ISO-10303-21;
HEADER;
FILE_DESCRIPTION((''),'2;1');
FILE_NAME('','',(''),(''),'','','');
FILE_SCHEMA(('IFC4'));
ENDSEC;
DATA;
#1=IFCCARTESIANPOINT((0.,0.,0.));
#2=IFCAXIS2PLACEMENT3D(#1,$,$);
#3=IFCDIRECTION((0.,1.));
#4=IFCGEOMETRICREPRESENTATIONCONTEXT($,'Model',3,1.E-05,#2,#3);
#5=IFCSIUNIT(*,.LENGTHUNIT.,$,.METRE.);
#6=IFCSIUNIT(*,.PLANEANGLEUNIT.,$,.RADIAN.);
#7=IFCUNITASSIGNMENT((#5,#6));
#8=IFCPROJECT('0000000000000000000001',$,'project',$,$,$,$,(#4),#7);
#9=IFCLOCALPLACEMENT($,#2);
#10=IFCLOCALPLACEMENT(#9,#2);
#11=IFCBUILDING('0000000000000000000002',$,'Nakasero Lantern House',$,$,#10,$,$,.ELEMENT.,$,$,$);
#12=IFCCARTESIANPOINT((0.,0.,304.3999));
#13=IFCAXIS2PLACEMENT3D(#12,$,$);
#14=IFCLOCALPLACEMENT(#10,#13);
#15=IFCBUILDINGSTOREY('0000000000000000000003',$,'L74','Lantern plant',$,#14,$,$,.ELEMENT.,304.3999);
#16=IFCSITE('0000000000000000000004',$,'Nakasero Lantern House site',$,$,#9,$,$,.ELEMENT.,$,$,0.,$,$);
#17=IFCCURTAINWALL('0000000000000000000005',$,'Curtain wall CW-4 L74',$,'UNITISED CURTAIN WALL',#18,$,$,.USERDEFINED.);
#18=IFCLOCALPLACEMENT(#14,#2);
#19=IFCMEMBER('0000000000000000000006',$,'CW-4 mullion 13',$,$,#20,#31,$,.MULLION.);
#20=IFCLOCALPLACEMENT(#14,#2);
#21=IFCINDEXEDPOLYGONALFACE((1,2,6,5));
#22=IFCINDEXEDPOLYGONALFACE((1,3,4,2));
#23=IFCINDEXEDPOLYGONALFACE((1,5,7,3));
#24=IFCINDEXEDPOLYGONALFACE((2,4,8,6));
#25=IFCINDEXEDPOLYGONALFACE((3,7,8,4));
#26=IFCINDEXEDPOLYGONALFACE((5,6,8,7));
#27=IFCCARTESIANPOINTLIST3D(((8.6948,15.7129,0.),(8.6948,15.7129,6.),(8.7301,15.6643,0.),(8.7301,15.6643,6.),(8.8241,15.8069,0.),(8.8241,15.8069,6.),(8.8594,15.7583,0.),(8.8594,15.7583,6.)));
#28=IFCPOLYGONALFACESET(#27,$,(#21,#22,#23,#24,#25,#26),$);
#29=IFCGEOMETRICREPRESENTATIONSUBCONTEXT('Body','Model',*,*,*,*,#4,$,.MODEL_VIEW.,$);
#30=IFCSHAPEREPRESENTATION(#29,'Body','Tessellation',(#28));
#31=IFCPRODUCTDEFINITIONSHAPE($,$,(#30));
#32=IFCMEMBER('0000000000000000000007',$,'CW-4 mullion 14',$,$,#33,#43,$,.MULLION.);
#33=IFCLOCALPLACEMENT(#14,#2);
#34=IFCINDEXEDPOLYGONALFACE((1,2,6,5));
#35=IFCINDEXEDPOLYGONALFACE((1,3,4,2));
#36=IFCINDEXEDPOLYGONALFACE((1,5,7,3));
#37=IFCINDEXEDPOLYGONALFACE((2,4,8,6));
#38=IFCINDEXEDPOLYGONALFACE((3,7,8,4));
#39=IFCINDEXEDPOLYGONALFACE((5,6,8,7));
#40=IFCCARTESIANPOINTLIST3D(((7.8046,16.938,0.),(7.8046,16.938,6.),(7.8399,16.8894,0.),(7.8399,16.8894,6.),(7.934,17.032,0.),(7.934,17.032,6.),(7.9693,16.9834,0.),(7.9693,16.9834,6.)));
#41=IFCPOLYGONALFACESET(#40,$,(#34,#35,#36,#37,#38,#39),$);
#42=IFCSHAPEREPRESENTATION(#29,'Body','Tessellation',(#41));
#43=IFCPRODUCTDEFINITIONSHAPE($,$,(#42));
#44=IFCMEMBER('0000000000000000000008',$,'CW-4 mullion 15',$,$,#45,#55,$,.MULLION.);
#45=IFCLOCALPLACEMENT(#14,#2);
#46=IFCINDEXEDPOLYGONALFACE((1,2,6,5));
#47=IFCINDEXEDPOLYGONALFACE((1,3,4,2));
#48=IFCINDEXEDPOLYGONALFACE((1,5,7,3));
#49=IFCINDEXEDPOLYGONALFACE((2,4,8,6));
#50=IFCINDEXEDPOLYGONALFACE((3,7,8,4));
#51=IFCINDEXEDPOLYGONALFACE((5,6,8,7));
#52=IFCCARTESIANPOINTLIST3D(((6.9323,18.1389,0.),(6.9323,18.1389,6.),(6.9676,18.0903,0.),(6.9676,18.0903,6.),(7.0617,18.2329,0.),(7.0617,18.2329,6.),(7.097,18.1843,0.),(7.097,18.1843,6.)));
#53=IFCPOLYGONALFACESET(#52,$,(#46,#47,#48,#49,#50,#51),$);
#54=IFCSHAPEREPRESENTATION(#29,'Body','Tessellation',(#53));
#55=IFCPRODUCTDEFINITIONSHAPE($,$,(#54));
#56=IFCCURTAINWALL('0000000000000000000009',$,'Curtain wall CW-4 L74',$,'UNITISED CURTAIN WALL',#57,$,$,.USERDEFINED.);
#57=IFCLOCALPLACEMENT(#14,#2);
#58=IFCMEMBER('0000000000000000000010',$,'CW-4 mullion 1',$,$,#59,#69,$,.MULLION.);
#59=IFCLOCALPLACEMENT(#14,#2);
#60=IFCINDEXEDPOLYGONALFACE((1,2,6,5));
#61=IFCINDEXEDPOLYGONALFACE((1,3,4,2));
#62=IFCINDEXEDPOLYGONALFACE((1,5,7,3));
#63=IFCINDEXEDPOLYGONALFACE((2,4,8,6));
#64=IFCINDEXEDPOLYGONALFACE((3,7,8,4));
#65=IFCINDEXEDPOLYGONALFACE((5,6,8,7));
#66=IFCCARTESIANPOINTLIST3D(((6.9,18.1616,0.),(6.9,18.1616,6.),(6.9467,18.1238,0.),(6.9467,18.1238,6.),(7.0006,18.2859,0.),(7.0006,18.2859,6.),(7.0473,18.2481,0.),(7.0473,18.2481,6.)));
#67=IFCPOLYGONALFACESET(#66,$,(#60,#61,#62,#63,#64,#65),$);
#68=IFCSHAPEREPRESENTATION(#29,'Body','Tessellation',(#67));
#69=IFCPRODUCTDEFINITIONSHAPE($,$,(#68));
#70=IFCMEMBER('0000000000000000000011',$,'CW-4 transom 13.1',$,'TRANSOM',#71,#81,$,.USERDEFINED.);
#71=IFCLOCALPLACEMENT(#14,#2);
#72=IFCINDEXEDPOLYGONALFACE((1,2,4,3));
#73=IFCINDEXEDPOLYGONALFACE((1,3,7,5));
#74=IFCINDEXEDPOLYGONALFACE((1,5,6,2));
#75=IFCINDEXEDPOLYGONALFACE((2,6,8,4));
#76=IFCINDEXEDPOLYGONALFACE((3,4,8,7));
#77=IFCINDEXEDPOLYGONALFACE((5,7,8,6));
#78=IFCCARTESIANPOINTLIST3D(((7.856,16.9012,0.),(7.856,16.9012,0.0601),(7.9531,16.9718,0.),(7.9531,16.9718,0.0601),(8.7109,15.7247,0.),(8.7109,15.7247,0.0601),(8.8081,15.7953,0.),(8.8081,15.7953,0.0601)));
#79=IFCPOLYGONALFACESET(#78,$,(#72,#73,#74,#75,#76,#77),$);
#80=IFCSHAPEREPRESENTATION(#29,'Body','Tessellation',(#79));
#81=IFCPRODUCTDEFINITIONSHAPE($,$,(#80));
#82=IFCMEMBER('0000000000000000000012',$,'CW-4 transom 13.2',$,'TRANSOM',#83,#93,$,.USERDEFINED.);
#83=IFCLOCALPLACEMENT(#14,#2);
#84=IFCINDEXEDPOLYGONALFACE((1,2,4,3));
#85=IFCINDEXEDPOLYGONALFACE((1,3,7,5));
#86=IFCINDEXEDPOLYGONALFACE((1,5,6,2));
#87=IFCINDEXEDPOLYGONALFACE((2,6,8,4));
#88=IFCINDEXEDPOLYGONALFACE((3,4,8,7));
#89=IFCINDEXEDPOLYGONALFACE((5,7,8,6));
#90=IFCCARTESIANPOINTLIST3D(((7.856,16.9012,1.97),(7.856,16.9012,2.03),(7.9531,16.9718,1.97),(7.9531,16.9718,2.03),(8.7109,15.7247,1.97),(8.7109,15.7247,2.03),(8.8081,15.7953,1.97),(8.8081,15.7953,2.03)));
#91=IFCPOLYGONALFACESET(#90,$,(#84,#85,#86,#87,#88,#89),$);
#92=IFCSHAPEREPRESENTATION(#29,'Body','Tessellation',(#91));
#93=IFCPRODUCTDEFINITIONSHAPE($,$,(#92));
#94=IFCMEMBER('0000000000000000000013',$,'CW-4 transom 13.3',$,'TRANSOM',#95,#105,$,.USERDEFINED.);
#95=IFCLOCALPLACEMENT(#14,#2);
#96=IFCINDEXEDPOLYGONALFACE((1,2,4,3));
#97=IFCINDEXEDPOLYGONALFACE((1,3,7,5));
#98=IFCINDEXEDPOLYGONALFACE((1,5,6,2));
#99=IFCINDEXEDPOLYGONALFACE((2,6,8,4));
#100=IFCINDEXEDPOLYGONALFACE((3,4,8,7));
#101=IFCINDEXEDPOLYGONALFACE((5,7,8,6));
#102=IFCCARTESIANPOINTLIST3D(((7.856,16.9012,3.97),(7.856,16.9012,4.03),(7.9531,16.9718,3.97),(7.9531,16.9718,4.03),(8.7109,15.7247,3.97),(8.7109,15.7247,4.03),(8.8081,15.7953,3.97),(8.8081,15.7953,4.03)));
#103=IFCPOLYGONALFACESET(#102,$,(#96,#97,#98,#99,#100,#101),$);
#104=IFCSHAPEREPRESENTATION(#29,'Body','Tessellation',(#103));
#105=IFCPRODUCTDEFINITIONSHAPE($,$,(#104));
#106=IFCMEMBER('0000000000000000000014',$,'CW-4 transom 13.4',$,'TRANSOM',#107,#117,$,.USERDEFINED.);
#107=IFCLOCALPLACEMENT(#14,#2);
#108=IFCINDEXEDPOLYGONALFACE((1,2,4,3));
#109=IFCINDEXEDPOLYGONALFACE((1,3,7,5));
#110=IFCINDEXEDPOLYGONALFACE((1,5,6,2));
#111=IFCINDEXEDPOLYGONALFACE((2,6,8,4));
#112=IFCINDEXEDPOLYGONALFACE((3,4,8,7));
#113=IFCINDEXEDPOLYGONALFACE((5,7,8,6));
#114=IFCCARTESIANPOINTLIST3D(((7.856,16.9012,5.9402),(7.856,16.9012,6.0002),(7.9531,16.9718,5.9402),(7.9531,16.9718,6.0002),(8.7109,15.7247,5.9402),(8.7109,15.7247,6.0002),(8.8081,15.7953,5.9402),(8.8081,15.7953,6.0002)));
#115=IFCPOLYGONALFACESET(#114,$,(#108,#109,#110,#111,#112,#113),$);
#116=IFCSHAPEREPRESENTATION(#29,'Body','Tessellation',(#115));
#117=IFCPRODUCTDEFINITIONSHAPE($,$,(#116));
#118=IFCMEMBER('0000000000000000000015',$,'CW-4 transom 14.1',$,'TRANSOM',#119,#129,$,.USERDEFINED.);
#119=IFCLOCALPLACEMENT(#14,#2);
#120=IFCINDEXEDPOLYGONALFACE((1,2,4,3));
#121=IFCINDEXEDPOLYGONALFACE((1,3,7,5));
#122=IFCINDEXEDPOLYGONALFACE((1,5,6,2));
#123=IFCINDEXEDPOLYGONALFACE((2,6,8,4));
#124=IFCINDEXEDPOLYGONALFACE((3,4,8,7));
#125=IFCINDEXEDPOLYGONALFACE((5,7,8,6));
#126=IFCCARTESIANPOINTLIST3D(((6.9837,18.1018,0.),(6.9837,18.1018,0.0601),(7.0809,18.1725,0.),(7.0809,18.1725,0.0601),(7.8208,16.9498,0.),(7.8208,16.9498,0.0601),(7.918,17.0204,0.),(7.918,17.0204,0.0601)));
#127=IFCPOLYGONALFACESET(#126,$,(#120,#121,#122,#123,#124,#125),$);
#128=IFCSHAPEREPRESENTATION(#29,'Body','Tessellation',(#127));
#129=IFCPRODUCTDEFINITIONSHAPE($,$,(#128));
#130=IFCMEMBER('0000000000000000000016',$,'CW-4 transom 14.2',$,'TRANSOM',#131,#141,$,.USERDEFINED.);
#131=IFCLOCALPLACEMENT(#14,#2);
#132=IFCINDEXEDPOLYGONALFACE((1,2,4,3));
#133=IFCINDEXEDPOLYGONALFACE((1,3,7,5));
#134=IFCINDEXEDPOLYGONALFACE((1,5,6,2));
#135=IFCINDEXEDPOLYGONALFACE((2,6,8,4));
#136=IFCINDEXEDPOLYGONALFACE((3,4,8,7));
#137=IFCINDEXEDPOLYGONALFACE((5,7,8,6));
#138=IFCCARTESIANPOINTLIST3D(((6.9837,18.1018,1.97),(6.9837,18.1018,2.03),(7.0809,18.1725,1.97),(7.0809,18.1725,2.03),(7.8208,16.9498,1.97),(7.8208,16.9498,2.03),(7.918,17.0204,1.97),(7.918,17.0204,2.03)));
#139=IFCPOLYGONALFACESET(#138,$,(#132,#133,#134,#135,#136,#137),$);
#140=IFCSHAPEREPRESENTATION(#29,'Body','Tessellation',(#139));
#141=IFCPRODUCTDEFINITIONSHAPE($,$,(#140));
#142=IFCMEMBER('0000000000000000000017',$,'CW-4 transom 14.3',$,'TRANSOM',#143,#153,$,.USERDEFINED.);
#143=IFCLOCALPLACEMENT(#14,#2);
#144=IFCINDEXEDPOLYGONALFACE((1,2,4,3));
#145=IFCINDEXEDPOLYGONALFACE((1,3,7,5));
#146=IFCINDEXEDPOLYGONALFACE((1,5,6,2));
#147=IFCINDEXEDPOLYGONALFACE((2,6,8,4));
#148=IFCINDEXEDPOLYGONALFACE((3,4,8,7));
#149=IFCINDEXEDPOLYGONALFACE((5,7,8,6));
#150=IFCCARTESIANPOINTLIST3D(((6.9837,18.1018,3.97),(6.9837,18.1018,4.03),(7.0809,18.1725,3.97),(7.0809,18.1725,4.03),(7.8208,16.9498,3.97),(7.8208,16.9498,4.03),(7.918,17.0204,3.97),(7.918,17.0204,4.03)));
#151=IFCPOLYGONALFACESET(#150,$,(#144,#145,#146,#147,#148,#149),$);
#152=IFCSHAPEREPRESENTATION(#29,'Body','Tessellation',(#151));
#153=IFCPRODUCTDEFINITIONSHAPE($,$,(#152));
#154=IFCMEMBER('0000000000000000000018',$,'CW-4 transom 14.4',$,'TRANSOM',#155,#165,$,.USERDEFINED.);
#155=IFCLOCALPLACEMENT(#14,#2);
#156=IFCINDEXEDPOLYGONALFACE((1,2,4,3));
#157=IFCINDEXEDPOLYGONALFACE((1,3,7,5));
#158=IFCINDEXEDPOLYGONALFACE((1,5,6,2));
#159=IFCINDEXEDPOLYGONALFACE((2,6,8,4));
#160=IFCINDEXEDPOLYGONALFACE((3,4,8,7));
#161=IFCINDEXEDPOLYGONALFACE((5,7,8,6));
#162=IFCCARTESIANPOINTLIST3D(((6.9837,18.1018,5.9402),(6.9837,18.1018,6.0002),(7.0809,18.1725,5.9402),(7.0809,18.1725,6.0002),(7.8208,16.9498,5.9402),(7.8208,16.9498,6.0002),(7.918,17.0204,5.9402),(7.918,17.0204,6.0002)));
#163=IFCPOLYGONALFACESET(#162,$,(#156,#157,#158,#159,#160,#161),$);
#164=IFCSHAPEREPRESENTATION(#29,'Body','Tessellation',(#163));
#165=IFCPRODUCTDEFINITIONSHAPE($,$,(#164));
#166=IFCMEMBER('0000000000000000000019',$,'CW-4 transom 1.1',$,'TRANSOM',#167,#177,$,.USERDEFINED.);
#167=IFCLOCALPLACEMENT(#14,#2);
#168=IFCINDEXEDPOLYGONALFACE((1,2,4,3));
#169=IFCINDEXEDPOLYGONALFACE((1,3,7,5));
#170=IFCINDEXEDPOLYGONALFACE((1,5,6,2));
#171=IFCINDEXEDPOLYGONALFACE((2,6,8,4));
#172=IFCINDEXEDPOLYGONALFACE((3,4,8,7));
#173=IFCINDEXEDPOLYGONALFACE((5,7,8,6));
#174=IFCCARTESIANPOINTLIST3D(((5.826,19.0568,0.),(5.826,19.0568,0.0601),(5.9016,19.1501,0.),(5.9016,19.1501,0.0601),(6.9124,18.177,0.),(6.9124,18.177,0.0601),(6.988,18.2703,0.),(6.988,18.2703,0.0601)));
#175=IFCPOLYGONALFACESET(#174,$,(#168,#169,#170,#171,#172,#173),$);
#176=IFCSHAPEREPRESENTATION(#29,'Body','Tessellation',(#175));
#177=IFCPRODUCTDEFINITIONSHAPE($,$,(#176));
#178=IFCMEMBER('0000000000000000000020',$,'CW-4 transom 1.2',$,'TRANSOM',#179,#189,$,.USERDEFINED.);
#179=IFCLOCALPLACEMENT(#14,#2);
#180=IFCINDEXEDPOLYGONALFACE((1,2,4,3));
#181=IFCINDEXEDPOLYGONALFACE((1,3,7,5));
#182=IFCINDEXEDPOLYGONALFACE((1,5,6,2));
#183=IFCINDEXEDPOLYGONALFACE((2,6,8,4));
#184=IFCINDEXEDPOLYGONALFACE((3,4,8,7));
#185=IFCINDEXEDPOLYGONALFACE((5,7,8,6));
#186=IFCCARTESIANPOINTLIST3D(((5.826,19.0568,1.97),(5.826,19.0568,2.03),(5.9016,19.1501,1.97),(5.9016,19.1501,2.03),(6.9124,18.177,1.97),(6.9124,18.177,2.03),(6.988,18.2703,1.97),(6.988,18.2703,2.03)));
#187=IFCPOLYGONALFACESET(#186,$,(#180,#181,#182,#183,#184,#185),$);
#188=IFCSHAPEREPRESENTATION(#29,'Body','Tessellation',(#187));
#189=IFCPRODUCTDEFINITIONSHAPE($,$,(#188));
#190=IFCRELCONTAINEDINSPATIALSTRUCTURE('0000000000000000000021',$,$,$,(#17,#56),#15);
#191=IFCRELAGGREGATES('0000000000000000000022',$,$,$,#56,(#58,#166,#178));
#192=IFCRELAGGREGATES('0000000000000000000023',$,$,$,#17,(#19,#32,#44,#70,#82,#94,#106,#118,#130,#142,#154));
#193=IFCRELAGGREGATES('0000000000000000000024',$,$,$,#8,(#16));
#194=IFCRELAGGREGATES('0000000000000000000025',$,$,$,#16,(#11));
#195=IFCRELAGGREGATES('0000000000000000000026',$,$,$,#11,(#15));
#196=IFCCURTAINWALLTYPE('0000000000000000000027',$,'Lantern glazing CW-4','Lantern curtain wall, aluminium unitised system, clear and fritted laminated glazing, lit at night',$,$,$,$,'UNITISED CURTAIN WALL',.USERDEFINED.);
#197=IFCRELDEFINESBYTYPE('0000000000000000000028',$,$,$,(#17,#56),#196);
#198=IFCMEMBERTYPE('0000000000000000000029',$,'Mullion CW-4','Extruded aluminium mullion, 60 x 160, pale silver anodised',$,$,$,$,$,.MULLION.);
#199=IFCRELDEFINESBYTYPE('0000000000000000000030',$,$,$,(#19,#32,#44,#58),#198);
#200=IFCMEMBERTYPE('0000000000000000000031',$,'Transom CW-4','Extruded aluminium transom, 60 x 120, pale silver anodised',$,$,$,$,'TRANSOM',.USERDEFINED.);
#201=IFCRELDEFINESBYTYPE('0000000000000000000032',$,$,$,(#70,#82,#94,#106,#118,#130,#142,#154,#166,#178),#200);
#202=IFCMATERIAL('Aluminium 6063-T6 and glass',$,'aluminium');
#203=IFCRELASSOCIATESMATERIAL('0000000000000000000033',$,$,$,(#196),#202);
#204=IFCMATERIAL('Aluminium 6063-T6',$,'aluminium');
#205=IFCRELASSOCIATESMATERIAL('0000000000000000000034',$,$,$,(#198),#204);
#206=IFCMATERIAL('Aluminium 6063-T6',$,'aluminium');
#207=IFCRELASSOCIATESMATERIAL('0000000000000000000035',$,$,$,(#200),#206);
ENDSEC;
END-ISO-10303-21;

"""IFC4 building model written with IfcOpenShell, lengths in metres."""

from ifc_helpers import new_model, si_unit, direction, frame, origin, origin_2d, place, context, subcontext, project, spatial, rectangle, extrude, material, material_profile, profile_set, type_object, element, aggregate, save


model = new_model("IFC4")

# Units and contexts
model_context = context("Model", 3, precision=1e-05, world=origin(), true_north=direction((0.0, 1.0)))
body_context = subcontext(model_context, "Body", "Model", "MODEL_VIEW")
ifc_project = project(units=[si_unit("LENGTHUNIT", "METRE"), si_unit("PLANEANGLEUNIT", "RADIAN")], contexts=[model_context])

# Site, building, storey
site_placement = place(None, origin())
site = spatial("IfcSite", under=ifc_project, at=site_placement, Name="Nakasero Lantern House site", CompositionType="ELEMENT", RefElevation=0.0)
building_placement = place(site_placement, origin())
building = spatial("IfcBuilding", under=site, at=building_placement, Name="Nakasero Lantern House", CompositionType="ELEMENT")
storey_placement = place(building_placement, frame((0.0, 0.0, 304.3999)))
storey = spatial("IfcBuildingStorey", under=building, at=storey_placement, Name="L74", Description="Lantern plant", CompositionType="ELEMENT", Elevation=304.3999)

# Curtain wall, members
ifc_material_1 = material(Name="Aluminium 6063-T6 and glass", Category="aluminium")
curtain_wall_type = type_object("IfcCurtainWallType", Name="Lantern glazing CW-4", Description="Lantern curtain wall, aluminium unitised system, clear and fritted laminated glazing, lit at night", ElementType="UNITISED CURTAIN WALL", PredefinedType="USERDEFINED", material=ifc_material_1)
curtain_wall_1_placement = place(storey_placement, origin())
curtain_wall_1 = element("IfcCurtainWall", 1, at=curtain_wall_1_placement, inside=storey, type_object=curtain_wall_type, Name="Curtain wall CW-4 L74", ObjectType="UNITISED CURTAIN WALL", PredefinedType="USERDEFINED")
ifc_material_2 = material(Name="Aluminium 6063-T6", Category="aluminium")
ifc_material_profile_1 = material_profile(ifc_material_2, rectangle(XDim=0.0601, YDim=0.1599, at=origin_2d()), Name="CW-4 mullion 60x160")
ifc_profile_set_1 = profile_set([ifc_material_profile_1], Name="Aluminium 6063-T6")
member_type_1 = type_object("IfcMemberType", Name="Mullion CW-4", Description="Extruded aluminium mullion, 60 x 160, pale silver anodised", PredefinedType="MULLION", material=ifc_profile_set_1)
member_1_placement = place(storey_placement, frame((8.7771, 15.7356, 0.0), z_axis=(0.0, 0.0, 1.0), x_axis=(-0.587785, 0.809017, 0.0)))
member_1 = element("IfcMember", 2, at=member_1_placement, type_object=member_type_1, Name="CW-4 mullion 13", PredefinedType="MULLION", context=body_context, shape_type="SweptSolid", body=[
    extrude(rectangle(XDim=0.0601, YDim=0.1599, at=origin_2d()), origin(), (0.0, 0.0, 1.0), 6.0),
])
member_2_placement = place(storey_placement, frame((7.887, 16.9607, 0.0), z_axis=(0.0, 0.0, 1.0), x_axis=(-0.587785, 0.809017, 0.0)))
member_2 = element("IfcMember", 3, at=member_2_placement, type_object=member_type_1, Name="CW-4 mullion 14", PredefinedType="MULLION", context=body_context, shape_type="SweptSolid", body=[
    extrude(rectangle(XDim=0.0601, YDim=0.1599, at=origin_2d()), origin(), (0.0, 0.0, 1.0), 6.0),
])
member_3_placement = place(storey_placement, frame((7.0146, 18.1616, 0.0), z_axis=(0.0, 0.0, 1.0), x_axis=(-0.587785, 0.809017, 0.0)))
member_3 = element("IfcMember", 4, at=member_3_placement, type_object=member_type_1, Name="CW-4 mullion 15", PredefinedType="MULLION", context=body_context, shape_type="SweptSolid", body=[
    extrude(rectangle(XDim=0.0601, YDim=0.1599, at=origin_2d()), origin(), (0.0, 0.0, 1.0), 6.0),
])

# Curtain wall, member
curtain_wall_2_placement = place(storey_placement, origin())
curtain_wall_2 = element("IfcCurtainWall", 5, at=curtain_wall_2_placement, inside=storey, type_object=curtain_wall_type, Name="Curtain wall CW-4 L74", ObjectType="UNITISED CURTAIN WALL", PredefinedType="USERDEFINED")
member_4_placement = place(storey_placement, frame((6.9736, 18.2048, 0.0), z_axis=(0.0, 0.0, 1.0), x_axis=(-0.777146, 0.62932, 0.0)))
member_4 = element("IfcMember", 6, at=member_4_placement, type_object=member_type_1, Name="CW-4 mullion 1", PredefinedType="MULLION", context=body_context, shape_type="SweptSolid", body=[
    extrude(rectangle(XDim=0.0601, YDim=0.1599, at=origin_2d()), origin(), (0.0, 0.0, 1.0), 6.0),
])

# Members
ifc_material_3 = material(Name="Aluminium 6063-T6", Category="aluminium")
ifc_material_profile_2 = material_profile(ifc_material_3, rectangle(XDim=0.0601, YDim=0.1201, at=origin_2d()), Name="CW-4 transom 60x120")
ifc_profile_set_2 = profile_set([ifc_material_profile_2], Name="Aluminium 6063-T6")
member_type_2 = type_object("IfcMemberType", Name="Transom CW-4", Description="Extruded aluminium transom, 60 x 120, pale silver anodised", ElementType="TRANSOM", PredefinedType="USERDEFINED", material=ifc_profile_set_2)
member_5_placement = place(storey_placement, frame((8.7595, 15.76, 0.03), z_axis=(-0.587872, 0.808954, 0.0), x_axis=(0.0, 0.0, 1.0)))
member_5 = element("IfcMember", 7, at=member_5_placement, type_object=member_type_2, Name="CW-4 transom 13.1", ObjectType="TRANSOM", PredefinedType="USERDEFINED", context=body_context, shape_type="SweptSolid", body=[
    extrude(rectangle(XDim=0.0601, YDim=0.1201, at=origin_2d()), origin(), (0.0, 0.0, 1.0), 1.4543),
])
member_6_placement = place(storey_placement, frame((8.7595, 15.76, 2.0), z_axis=(-0.587872, 0.808954, 0.0), x_axis=(0.0, 0.0, 1.0)))
member_6 = element("IfcMember", 8, at=member_6_placement, type_object=member_type_2, Name="CW-4 transom 13.2", ObjectType="TRANSOM", PredefinedType="USERDEFINED", context=body_context, shape_type="SweptSolid", body=[
    extrude(rectangle(XDim=0.0601, YDim=0.1201, at=origin_2d()), origin(), (0.0, 0.0, 1.0), 1.4543),
])
member_7_placement = place(storey_placement, frame((8.7595, 15.76, 4.0), z_axis=(-0.587872, 0.808954, 0.0), x_axis=(0.0, 0.0, 1.0)))
member_7 = element("IfcMember", 9, at=member_7_placement, type_object=member_type_2, Name="CW-4 transom 13.3", ObjectType="TRANSOM", PredefinedType="USERDEFINED", context=body_context, shape_type="SweptSolid", body=[
    extrude(rectangle(XDim=0.0601, YDim=0.1201, at=origin_2d()), origin(), (0.0, 0.0, 1.0), 1.4543),
])
member_8_placement = place(storey_placement, frame((8.7595, 15.76, 5.9702), z_axis=(-0.587872, 0.808954, 0.0), x_axis=(0.0, 0.0, 1.0)))
member_8 = element("IfcMember", 10, at=member_8_placement, type_object=member_type_2, Name="CW-4 transom 13.4", ObjectType="TRANSOM", PredefinedType="USERDEFINED", context=body_context, shape_type="SweptSolid", body=[
    extrude(rectangle(XDim=0.0601, YDim=0.1201, at=origin_2d()), origin(), (0.0, 0.0, 1.0), 1.4543),
])
member_9_placement = place(storey_placement, frame((7.8694, 16.9851, 0.03), z_axis=(-0.587835, 0.808981, 0.0), x_axis=(0.0, 0.0, 1.0)))
member_9 = element("IfcMember", 11, at=member_9_placement, type_object=member_type_2, Name="CW-4 transom 14.1", ObjectType="TRANSOM", PredefinedType="USERDEFINED", context=body_context, shape_type="SweptSolid", body=[
    extrude(rectangle(XDim=0.0601, YDim=0.1201, at=origin_2d()), origin(), (0.0, 0.0, 1.0), 1.4241),
])
member_10_placement = place(storey_placement, frame((7.8694, 16.9851, 2.0), z_axis=(-0.587835, 0.808981, 0.0), x_axis=(0.0, 0.0, 1.0)))
member_10 = element("IfcMember", 12, at=member_10_placement, type_object=member_type_2, Name="CW-4 transom 14.2", ObjectType="TRANSOM", PredefinedType="USERDEFINED", context=body_context, shape_type="SweptSolid", body=[
    extrude(rectangle(XDim=0.0601, YDim=0.1201, at=origin_2d()), origin(), (0.0, 0.0, 1.0), 1.4241),
])
member_11_placement = place(storey_placement, frame((7.8694, 16.9851, 4.0), z_axis=(-0.587835, 0.808981, 0.0), x_axis=(0.0, 0.0, 1.0)))
member_11 = element("IfcMember", 13, at=member_11_placement, type_object=member_type_2, Name="CW-4 transom 14.3", ObjectType="TRANSOM", PredefinedType="USERDEFINED", context=body_context, shape_type="SweptSolid", body=[
    extrude(rectangle(XDim=0.0601, YDim=0.1201, at=origin_2d()), origin(), (0.0, 0.0, 1.0), 1.4241),
])
member_12_placement = place(storey_placement, frame((7.8694, 16.9851, 5.9702), z_axis=(-0.587835, 0.808981, 0.0), x_axis=(0.0, 0.0, 1.0)))
member_12 = element("IfcMember", 14, at=member_12_placement, type_object=member_type_2, Name="CW-4 transom 14.4", ObjectType="TRANSOM", PredefinedType="USERDEFINED", context=body_context, shape_type="SweptSolid", body=[
    extrude(rectangle(XDim=0.0601, YDim=0.1201, at=origin_2d()), origin(), (0.0, 0.0, 1.0), 1.4241),
])
member_13_placement = place(storey_placement, frame((6.9502, 18.2236, 0.03), z_axis=(-0.777107, 0.629369, 0.0), x_axis=(0.0, 0.0, 1.0)))
member_13 = element("IfcMember", 15, at=member_13_placement, type_object=member_type_2, Name="CW-4 transom 1.1", ObjectType="TRANSOM", PredefinedType="USERDEFINED", context=body_context, shape_type="SweptSolid", body=[
    extrude(rectangle(XDim=0.0601, YDim=0.1201, at=origin_2d()), origin(), (0.0, 0.0, 1.0), 1.3979),
])
member_14_placement = place(storey_placement, frame((6.9502, 18.2236, 2.0), z_axis=(-0.777107, 0.629369, 0.0), x_axis=(0.0, 0.0, 1.0)))
member_14 = element("IfcMember", 16, at=member_14_placement, type_object=member_type_2, Name="CW-4 transom 1.2", ObjectType="TRANSOM", PredefinedType="USERDEFINED", context=body_context, shape_type="SweptSolid", body=[
    extrude(rectangle(XDim=0.0601, YDim=0.1201, at=origin_2d()), origin(), (0.0, 0.0, 1.0), 1.3979),
])
aggregate(curtain_wall_2, [member_4, member_13, member_14])

aggregate(curtain_wall_1, [member_1, member_2, member_3, member_5, member_6, member_7, member_8, member_9, member_10, member_11, member_12])

save(model, "model.ifc")
